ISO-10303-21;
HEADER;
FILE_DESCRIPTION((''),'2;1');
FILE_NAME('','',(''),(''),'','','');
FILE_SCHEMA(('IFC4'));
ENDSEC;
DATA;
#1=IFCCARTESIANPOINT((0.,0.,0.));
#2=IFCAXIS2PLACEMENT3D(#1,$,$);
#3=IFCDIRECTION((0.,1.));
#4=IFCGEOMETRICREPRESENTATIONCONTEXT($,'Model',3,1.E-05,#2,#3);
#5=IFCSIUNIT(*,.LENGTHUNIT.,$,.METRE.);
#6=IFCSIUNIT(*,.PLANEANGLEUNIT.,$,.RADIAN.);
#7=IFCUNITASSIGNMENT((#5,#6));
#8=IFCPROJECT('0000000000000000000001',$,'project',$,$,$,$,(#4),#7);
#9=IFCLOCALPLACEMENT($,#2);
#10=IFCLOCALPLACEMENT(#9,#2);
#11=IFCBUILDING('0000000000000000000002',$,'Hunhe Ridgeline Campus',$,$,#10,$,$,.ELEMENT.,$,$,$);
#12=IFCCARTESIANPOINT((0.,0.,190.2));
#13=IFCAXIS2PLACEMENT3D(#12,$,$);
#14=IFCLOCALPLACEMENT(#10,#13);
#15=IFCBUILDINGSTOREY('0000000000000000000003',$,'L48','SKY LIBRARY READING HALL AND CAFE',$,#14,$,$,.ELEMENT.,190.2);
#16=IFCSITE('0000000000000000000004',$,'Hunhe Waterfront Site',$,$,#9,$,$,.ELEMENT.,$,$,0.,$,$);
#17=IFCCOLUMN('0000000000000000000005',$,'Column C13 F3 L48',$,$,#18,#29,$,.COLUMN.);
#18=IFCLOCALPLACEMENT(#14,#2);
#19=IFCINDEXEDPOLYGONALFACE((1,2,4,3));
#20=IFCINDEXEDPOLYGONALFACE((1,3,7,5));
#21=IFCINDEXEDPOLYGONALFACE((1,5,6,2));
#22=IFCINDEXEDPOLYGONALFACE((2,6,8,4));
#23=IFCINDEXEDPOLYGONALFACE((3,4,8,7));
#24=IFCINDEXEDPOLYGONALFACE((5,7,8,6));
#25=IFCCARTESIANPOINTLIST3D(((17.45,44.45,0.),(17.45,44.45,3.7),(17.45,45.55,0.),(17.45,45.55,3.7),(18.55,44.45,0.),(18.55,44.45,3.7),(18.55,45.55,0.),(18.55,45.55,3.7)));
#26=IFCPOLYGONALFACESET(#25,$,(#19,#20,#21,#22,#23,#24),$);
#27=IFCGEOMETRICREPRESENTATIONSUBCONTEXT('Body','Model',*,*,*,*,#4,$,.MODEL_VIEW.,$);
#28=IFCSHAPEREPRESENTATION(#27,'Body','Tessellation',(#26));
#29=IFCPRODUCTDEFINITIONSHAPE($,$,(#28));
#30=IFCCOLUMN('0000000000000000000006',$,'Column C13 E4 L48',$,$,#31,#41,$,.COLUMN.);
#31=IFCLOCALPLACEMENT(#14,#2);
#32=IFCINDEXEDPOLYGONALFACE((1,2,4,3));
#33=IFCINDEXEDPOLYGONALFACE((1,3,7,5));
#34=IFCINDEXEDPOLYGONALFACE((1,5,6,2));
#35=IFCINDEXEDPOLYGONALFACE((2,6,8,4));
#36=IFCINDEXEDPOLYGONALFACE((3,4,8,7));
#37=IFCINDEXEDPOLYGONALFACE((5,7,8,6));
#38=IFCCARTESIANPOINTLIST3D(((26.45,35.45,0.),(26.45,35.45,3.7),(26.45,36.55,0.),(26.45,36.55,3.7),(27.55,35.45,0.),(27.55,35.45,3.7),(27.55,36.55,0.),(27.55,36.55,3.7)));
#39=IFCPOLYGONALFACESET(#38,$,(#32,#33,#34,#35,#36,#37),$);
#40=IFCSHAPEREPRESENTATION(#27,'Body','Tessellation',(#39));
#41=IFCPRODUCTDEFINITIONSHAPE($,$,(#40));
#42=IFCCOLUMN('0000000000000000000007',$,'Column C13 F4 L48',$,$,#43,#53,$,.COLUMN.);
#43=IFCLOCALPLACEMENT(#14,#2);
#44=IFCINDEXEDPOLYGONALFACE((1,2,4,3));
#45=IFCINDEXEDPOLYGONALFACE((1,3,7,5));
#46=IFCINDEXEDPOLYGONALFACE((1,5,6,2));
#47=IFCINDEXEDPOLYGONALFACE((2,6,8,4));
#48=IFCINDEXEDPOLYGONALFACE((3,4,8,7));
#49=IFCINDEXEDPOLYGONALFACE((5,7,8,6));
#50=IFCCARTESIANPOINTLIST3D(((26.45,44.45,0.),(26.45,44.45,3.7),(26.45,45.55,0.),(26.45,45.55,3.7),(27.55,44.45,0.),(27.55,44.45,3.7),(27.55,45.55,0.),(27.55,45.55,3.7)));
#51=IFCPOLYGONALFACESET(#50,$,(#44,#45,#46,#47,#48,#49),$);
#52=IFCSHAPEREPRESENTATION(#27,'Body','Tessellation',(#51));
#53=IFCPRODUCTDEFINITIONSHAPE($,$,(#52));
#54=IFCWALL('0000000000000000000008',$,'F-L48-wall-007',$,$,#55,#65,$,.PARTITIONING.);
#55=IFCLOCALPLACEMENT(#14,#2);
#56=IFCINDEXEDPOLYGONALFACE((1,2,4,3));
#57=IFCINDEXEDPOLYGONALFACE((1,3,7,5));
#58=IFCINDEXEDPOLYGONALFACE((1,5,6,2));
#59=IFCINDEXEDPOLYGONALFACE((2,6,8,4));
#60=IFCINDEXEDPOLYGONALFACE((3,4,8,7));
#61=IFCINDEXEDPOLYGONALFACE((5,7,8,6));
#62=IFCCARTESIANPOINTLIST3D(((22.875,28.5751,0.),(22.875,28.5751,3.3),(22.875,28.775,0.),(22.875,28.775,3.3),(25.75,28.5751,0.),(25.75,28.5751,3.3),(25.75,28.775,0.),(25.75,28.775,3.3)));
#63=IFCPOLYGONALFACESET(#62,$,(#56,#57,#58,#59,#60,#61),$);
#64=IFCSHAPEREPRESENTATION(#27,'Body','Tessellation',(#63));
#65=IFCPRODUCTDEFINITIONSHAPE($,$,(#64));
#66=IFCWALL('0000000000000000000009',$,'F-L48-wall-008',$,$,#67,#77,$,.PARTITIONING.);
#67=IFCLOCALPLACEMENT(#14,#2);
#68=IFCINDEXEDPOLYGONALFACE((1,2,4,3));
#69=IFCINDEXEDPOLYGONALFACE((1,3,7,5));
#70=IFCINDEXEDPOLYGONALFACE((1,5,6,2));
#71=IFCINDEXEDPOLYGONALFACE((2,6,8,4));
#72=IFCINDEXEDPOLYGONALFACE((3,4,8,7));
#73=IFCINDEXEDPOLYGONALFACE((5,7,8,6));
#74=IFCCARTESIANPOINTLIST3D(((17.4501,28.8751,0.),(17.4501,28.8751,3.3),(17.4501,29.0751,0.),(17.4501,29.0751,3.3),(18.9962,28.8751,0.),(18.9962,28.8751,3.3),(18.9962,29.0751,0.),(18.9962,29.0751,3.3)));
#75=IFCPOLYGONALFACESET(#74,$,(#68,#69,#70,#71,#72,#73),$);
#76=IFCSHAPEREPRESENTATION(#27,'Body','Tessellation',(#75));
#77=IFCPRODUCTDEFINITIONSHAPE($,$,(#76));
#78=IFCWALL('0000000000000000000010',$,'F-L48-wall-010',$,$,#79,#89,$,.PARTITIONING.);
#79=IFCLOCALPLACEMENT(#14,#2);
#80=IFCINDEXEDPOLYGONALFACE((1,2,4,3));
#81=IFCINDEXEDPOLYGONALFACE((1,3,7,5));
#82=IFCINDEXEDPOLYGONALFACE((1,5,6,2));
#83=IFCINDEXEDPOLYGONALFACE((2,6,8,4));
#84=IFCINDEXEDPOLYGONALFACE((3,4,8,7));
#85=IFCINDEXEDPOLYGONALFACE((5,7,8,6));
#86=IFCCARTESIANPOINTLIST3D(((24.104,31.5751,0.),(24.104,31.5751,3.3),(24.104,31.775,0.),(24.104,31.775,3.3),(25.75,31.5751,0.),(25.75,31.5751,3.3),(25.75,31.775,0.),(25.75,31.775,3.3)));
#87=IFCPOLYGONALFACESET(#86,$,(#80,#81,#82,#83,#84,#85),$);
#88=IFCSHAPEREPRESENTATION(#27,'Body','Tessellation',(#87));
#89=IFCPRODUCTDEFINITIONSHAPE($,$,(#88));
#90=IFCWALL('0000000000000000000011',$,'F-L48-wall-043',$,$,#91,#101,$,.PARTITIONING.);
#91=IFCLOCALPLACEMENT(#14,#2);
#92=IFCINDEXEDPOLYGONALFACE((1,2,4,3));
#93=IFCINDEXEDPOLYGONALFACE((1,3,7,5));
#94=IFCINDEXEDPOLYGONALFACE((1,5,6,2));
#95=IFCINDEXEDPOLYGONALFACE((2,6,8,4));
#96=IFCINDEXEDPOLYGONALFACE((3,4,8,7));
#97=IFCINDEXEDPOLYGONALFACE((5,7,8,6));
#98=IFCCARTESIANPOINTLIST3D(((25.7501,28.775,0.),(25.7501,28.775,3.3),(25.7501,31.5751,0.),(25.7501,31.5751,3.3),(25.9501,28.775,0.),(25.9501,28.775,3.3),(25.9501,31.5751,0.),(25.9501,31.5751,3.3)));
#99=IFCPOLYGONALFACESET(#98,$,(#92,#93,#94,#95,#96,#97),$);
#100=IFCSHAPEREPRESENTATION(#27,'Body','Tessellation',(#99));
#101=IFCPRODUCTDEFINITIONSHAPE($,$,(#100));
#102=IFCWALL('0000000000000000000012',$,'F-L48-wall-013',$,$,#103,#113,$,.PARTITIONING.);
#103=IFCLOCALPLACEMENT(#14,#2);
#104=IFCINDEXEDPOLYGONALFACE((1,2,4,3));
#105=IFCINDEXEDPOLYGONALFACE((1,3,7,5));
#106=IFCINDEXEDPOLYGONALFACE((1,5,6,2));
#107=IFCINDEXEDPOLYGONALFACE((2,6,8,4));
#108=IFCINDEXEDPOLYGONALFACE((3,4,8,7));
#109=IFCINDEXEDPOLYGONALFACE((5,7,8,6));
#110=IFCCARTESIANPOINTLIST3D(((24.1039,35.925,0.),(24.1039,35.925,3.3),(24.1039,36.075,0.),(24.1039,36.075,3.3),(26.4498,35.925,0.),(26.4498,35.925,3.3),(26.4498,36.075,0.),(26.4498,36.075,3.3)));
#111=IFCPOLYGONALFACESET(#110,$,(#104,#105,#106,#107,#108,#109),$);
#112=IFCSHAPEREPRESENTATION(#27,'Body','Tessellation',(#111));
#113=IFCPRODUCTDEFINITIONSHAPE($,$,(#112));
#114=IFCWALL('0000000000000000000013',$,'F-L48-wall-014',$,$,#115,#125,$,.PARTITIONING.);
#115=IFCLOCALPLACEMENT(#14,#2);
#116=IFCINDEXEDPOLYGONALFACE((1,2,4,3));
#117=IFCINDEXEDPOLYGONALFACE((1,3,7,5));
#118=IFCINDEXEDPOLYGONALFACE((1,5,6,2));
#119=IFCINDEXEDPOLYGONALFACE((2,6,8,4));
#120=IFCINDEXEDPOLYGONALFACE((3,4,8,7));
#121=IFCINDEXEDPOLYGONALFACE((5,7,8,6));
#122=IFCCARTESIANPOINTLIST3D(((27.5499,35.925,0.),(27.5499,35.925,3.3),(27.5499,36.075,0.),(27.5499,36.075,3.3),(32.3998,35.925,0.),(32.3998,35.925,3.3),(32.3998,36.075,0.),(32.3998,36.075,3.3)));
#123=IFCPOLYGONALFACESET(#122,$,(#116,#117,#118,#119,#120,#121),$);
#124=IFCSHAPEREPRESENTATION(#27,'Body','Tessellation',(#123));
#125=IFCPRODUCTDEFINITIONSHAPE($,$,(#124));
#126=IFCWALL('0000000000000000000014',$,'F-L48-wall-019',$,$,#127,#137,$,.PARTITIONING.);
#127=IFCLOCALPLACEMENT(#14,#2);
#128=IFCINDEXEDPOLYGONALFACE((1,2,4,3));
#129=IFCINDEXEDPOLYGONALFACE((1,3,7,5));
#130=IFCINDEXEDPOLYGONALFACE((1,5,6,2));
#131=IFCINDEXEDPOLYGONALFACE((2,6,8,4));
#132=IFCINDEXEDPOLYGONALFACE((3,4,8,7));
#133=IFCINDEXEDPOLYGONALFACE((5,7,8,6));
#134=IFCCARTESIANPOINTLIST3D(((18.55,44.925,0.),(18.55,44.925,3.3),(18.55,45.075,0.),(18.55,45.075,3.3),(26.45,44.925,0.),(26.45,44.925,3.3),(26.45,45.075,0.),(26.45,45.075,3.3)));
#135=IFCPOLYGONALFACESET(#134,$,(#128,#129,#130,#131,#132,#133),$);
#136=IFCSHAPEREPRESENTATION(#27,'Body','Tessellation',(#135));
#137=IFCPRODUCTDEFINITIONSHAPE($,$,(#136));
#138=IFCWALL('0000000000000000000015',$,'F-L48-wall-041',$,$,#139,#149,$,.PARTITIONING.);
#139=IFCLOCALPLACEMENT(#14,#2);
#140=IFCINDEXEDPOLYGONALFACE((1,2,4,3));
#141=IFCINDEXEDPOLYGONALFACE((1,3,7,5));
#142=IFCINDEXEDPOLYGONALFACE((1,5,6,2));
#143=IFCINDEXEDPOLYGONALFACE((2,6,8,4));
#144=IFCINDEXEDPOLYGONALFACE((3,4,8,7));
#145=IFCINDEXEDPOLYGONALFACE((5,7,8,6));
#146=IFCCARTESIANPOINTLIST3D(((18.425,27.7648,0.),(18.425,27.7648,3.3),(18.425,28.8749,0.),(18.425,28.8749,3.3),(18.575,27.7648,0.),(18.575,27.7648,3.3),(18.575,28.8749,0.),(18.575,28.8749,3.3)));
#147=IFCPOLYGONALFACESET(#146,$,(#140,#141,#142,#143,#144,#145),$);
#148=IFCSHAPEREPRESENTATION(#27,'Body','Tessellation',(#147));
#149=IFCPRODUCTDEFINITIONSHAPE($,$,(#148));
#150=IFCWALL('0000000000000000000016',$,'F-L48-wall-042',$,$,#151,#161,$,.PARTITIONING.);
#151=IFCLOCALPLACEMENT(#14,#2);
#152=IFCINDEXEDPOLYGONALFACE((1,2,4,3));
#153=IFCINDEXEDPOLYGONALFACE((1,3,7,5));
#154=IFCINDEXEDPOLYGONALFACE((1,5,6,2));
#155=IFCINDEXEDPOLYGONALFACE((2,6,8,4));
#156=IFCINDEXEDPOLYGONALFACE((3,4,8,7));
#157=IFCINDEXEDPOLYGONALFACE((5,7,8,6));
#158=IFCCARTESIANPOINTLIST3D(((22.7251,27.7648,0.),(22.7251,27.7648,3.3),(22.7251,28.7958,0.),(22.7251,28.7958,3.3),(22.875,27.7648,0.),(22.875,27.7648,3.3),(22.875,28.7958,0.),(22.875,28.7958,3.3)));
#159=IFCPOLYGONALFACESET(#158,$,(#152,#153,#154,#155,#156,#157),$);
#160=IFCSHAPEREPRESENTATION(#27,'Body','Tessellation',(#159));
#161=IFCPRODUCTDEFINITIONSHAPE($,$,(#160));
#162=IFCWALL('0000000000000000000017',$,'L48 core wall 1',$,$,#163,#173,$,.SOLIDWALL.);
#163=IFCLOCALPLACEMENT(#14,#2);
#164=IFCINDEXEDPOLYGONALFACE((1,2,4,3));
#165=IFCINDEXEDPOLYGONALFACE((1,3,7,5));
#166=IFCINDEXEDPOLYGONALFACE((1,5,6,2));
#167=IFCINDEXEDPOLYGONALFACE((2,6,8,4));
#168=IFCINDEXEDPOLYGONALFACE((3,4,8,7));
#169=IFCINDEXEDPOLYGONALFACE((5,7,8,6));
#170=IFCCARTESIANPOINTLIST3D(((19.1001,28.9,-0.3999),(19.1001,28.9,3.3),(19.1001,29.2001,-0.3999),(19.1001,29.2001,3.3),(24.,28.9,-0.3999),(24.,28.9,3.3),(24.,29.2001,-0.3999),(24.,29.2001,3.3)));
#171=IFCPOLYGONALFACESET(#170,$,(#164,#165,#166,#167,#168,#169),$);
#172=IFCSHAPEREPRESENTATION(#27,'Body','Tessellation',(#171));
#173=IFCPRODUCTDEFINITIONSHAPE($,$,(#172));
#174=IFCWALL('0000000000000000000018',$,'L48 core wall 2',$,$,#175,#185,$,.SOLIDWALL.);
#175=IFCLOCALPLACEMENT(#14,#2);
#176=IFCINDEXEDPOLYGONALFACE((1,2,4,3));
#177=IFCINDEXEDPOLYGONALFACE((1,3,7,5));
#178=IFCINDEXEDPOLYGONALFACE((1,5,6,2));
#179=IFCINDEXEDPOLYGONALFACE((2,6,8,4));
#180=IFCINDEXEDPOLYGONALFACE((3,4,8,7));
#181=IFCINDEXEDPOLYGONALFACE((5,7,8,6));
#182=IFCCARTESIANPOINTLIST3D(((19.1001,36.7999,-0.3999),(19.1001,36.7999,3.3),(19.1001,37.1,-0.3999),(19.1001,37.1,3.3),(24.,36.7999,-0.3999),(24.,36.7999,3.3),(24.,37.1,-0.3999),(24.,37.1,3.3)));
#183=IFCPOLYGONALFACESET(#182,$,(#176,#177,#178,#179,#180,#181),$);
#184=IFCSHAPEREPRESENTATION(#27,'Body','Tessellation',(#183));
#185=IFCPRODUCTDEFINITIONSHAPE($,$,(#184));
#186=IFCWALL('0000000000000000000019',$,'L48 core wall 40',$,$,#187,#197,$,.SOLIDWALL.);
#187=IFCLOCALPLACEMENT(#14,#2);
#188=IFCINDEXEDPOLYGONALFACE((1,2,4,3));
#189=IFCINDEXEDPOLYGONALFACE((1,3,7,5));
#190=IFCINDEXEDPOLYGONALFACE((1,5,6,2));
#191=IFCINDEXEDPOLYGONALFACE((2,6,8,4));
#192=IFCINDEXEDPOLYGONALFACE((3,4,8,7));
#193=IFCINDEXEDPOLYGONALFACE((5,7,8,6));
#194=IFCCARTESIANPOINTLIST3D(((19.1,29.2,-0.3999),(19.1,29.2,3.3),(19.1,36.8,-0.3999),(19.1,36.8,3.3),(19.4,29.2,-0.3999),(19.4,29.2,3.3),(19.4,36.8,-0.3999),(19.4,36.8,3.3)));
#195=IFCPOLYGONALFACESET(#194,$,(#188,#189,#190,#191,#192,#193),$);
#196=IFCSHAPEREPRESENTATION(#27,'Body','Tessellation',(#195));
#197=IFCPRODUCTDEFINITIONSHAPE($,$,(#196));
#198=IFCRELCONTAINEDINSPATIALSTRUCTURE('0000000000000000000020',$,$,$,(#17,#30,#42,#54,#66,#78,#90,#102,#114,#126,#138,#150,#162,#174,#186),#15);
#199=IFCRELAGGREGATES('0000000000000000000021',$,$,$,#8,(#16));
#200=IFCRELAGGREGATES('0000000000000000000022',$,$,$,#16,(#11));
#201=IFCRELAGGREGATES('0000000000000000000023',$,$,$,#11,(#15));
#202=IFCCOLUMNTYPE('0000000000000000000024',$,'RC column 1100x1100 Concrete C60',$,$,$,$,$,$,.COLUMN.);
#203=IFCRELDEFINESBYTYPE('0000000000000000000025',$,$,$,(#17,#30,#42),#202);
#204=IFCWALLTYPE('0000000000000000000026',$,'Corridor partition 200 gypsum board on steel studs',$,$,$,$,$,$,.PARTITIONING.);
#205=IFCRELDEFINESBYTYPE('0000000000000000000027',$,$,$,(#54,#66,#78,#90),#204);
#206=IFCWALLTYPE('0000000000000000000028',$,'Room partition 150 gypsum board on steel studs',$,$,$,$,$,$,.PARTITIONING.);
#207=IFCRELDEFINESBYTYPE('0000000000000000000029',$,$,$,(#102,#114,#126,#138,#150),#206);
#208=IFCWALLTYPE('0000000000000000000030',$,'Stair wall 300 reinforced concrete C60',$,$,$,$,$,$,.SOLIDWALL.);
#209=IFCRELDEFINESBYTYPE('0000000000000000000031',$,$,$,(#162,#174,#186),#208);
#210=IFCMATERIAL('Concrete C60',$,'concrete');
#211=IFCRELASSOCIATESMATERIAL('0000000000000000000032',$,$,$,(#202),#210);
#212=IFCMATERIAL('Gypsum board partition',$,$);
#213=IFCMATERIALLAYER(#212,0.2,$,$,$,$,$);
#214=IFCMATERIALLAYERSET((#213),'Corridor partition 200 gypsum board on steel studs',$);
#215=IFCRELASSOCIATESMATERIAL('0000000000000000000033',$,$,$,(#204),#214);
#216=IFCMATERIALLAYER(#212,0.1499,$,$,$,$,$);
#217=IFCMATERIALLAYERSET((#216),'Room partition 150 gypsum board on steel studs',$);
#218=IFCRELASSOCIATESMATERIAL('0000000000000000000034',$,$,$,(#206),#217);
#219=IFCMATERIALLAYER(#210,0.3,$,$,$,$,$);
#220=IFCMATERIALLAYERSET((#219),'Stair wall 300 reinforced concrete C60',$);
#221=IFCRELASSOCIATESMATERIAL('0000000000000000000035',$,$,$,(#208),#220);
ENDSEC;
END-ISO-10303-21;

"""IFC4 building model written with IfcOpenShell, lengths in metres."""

from ifc_helpers import new_model, si_unit, direction, frame, frame_2d, origin, origin_2d, place, context, subcontext, project, spatial, rectangle, extrude, material, layer, layer_set, material_profile, profile_set, type_object, element, save


model = new_model("IFC4")

# Units and contexts
model_context = context("Model", 3, precision=1e-05, world=origin(), true_north=direction((0.0, 1.0)))
body_context = subcontext(model_context, "Body", "Model", "MODEL_VIEW")
ifc_project = project(units=[si_unit("LENGTHUNIT", "METRE"), si_unit("PLANEANGLEUNIT", "RADIAN")], contexts=[model_context])

# Site, building, storey
site_placement = place(None, origin())
site = spatial("IfcSite", under=ifc_project, at=site_placement, Name="Hunhe Waterfront Site", CompositionType="ELEMENT", RefElevation=0.0)
building_placement = place(site_placement, origin())
building = spatial("IfcBuilding", under=site, at=building_placement, Name="Hunhe Ridgeline Campus", CompositionType="ELEMENT")
storey_placement = place(building_placement, frame((0.0, 0.0, 190.2)))
storey = spatial("IfcBuildingStorey", under=building, at=storey_placement, Name="L48", Description="SKY LIBRARY READING HALL AND CAFE", CompositionType="ELEMENT", Elevation=190.2)

# Columns
ifc_material_1 = material(Name="Concrete C60", Category="concrete")
ifc_material_profile = material_profile(ifc_material_1, rectangle(XDim=1.1001, YDim=1.1001, at=origin_2d()))
ifc_profile_set = profile_set([ifc_material_profile], Name="Concrete C60")
column_type = type_object("IfcColumnType", Name="RC column 1100x1100 Concrete C60", PredefinedType="COLUMN", material=ifc_profile_set)
for number, where, z_axis, x_axis, name in (
    (1, (18.0, 45.0, 0.0), (0.0, 0.0, 1.0), (1.0, 0.0, 0.0), "Column C13 F3 L48"),
    (2, (27.0, 36.0, 0.0), (0.0, 0.0, 1.0), (1.0, 0.0, 0.0), "Column C13 E4 L48"),
    (3, (27.0, 45.0, 0.0), (0.0, 0.0, 1.0), (1.0, 0.0, 0.0), "Column C13 F4 L48"),
):
    element("IfcColumn", number, at=place(storey_placement, frame(where, z_axis=z_axis, x_axis=x_axis)), inside=storey, type_object=column_type, Name=name, PredefinedType="COLUMN", context=body_context, shape_type="SweptSolid", body=[
        extrude(rectangle(XDim=1.1001, YDim=1.1001, at=origin_2d()), origin(), (0.0, 0.0, 1.0), 3.7),
    ])

# Walls
ifc_material_2 = material(Name="Gypsum board partition")
ifc_layer_1 = layer(ifc_material_2, 0.2)
ifc_layer_set_1 = layer_set([ifc_layer_1], Name="Corridor partition 200 gypsum board on steel studs")
wall_type_1 = type_object("IfcWallType", Name="Corridor partition 200 gypsum board on steel studs", PredefinedType="PARTITIONING", material=ifc_layer_set_1)
wall_1_placement = place(storey_placement, frame((25.75, 28.675, 0.0), z_axis=(0.0, 0.0, 1.0), x_axis=(-1.0, 0.0, 0.0)))
element("IfcWall", 4, at=wall_1_placement, inside=storey, type_object=wall_type_1, Name="F-L48-wall-007", PredefinedType="PARTITIONING", context=body_context, shape_type="SweptSolid", body=[
    extrude(rectangle(XDim=2.875, YDim=0.2, at=frame_2d((1.4375, 0.0))), origin(), (0.0, 0.0, 1.0), 3.3),
])
wall_2_placement = place(storey_placement, frame((18.9961, 28.9751, 0.0), z_axis=(0.0, 0.0, 1.0), x_axis=(-1.0, 0.0, 0.0)))
element("IfcWall", 5, at=wall_2_placement, inside=storey, type_object=wall_type_1, Name="F-L48-wall-008", PredefinedType="PARTITIONING", context=body_context, shape_type="SweptSolid", body=[
    extrude(rectangle(XDim=1.5461, YDim=0.2, at=frame_2d((0.7729, 0.0))), origin(), (0.0, 0.0, 1.0), 3.3),
])
wall_3_placement = place(storey_placement, frame((24.104, 31.675, 0.0), z_axis=(0.0, 0.0, 1.0), x_axis=(1.0, 0.0, 0.0)))
element("IfcWall", 6, at=wall_3_placement, inside=storey, type_object=wall_type_1, Name="F-L48-wall-010", PredefinedType="PARTITIONING", context=body_context, shape_type="SweptSolid", body=[
    extrude(rectangle(XDim=1.646, YDim=0.2, at=frame_2d((0.823, 0.0))), origin(), (0.0, 0.0, 1.0), 3.3),
])
wall_4_placement = place(storey_placement, frame((25.8501, 31.575, 0.0), z_axis=(0.0, 0.0, 1.0), x_axis=(0.0, -1.0, 0.0)))
element("IfcWall", 7, at=wall_4_placement, inside=storey, type_object=wall_type_1, Name="F-L48-wall-043", PredefinedType="PARTITIONING", context=body_context, shape_type="SweptSolid", body=[
    extrude(rectangle(XDim=2.8, YDim=0.2, at=frame_2d((1.3999, 0.0))), origin(), (0.0, 0.0, 1.0), 3.3),
])
ifc_layer_2 = layer(ifc_material_2, 0.1499)
ifc_layer_set_2 = layer_set([ifc_layer_2], Name="Room partition 150 gypsum board on steel studs")
wall_type_2 = type_object("IfcWallType", Name="Room partition 150 gypsum board on steel studs", PredefinedType="PARTITIONING", material=ifc_layer_set_2)
wall_5_placement = place(storey_placement, frame((24.104, 36.0, 0.0), z_axis=(0.0, 0.0, 1.0), x_axis=(1.0, 0.0, 0.0)))
element("IfcWall", 8, at=wall_5_placement, inside=storey, type_object=wall_type_2, Name="F-L48-wall-013", PredefinedType="PARTITIONING", context=body_context, shape_type="SweptSolid", body=[
    extrude(rectangle(XDim=2.3459, YDim=0.1499, at=frame_2d((1.1729, 0.0))), origin(), (0.0, 0.0, 1.0), 3.3),
])
wall_6_placement = place(storey_placement, frame((27.55, 36.0, 0.0), z_axis=(0.0, 0.0, 1.0), x_axis=(1.0, 0.0, 0.0)))
element("IfcWall", 9, at=wall_6_placement, inside=storey, type_object=wall_type_2, Name="F-L48-wall-014", PredefinedType="PARTITIONING", context=body_context, shape_type="SweptSolid", body=[
    extrude(rectangle(XDim=4.8499, YDim=0.1499, at=frame_2d((2.4248, 0.0))), origin(), (0.0, 0.0, 1.0), 3.3),
])
wall_7_placement = place(storey_placement, frame((18.55, 45.0, 0.0), z_axis=(0.0, 0.0, 1.0), x_axis=(1.0, 0.0, 0.0)))
element("IfcWall", 10, at=wall_7_placement, inside=storey, type_object=wall_type_2, Name="F-L48-wall-019", PredefinedType="PARTITIONING", context=body_context, shape_type="SweptSolid", body=[
    extrude(rectangle(XDim=7.8999, YDim=0.1499, at=frame_2d((3.95, 0.0))), origin(), (0.0, 0.0, 1.0), 3.3),
])
wall_8_placement = place(storey_placement, frame((18.5, 28.875, 0.0), z_axis=(0.0, 0.0, 1.0), x_axis=(0.0, -1.0, 0.0)))
element("IfcWall", 11, at=wall_8_placement, inside=storey, type_object=wall_type_2, Name="F-L48-wall-041", PredefinedType="PARTITIONING", context=body_context, shape_type="SweptSolid", body=[
    extrude(rectangle(XDim=1.1101, YDim=0.1499, at=frame_2d((0.5552, 0.0))), origin(), (0.0, 0.0, 1.0), 3.3),
])
wall_9_placement = place(storey_placement, frame((22.8, 28.7959, 0.0), z_axis=(0.0, 0.0, 1.0), x_axis=(0.0, -1.0, 0.0)))
element("IfcWall", 12, at=wall_9_placement, inside=storey, type_object=wall_type_2, Name="F-L48-wall-042", PredefinedType="PARTITIONING", context=body_context, shape_type="SweptSolid", body=[
    extrude(rectangle(XDim=1.031, YDim=0.1499, at=frame_2d((0.5156, 0.0))), origin(), (0.0, 0.0, 1.0), 3.3),
])
ifc_layer_3 = layer(ifc_material_1, 0.3)
ifc_layer_set_3 = layer_set([ifc_layer_3], Name="Stair wall 300 reinforced concrete C60")
wall_type_3 = type_object("IfcWallType", Name="Stair wall 300 reinforced concrete C60", PredefinedType="SOLIDWALL", material=ifc_layer_set_3)
for number, where, z_axis, x_axis, name in (
    (13, (19.1001, 29.05, -0.3999), (0.0, 0.0, 1.0), (1.0, 0.0, 0.0), "L48 core wall 1"),
    (14, (19.1001, 36.95, -0.3999), (0.0, 0.0, 1.0), (1.0, 0.0, 0.0), "L48 core wall 2"),
):
    element("IfcWall", number, at=place(storey_placement, frame(where, z_axis=z_axis, x_axis=x_axis)), inside=storey, type_object=wall_type_3, Name=name, PredefinedType="SOLIDWALL", context=body_context, shape_type="SweptSolid", body=[
        extrude(rectangle(XDim=4.8999, YDim=0.3, at=frame_2d((2.45, 0.0))), origin(), (0.0, 0.0, 1.0), 3.7),
    ])
wall_10_placement = place(storey_placement, frame((19.25, 29.2, -0.3999), z_axis=(0.0, 0.0, 1.0), x_axis=(0.0, 1.0, 0.0)))
element("IfcWall", 15, at=wall_10_placement, inside=storey, type_object=wall_type_3, Name="L48 core wall 40", PredefinedType="SOLIDWALL", context=body_context, shape_type="SweptSolid", body=[
    extrude(rectangle(XDim=7.6001, YDim=0.3, at=frame_2d((3.8, 0.0))), origin(), (0.0, 0.0, 1.0), 3.7),
])

save(model, "model.ifc")
